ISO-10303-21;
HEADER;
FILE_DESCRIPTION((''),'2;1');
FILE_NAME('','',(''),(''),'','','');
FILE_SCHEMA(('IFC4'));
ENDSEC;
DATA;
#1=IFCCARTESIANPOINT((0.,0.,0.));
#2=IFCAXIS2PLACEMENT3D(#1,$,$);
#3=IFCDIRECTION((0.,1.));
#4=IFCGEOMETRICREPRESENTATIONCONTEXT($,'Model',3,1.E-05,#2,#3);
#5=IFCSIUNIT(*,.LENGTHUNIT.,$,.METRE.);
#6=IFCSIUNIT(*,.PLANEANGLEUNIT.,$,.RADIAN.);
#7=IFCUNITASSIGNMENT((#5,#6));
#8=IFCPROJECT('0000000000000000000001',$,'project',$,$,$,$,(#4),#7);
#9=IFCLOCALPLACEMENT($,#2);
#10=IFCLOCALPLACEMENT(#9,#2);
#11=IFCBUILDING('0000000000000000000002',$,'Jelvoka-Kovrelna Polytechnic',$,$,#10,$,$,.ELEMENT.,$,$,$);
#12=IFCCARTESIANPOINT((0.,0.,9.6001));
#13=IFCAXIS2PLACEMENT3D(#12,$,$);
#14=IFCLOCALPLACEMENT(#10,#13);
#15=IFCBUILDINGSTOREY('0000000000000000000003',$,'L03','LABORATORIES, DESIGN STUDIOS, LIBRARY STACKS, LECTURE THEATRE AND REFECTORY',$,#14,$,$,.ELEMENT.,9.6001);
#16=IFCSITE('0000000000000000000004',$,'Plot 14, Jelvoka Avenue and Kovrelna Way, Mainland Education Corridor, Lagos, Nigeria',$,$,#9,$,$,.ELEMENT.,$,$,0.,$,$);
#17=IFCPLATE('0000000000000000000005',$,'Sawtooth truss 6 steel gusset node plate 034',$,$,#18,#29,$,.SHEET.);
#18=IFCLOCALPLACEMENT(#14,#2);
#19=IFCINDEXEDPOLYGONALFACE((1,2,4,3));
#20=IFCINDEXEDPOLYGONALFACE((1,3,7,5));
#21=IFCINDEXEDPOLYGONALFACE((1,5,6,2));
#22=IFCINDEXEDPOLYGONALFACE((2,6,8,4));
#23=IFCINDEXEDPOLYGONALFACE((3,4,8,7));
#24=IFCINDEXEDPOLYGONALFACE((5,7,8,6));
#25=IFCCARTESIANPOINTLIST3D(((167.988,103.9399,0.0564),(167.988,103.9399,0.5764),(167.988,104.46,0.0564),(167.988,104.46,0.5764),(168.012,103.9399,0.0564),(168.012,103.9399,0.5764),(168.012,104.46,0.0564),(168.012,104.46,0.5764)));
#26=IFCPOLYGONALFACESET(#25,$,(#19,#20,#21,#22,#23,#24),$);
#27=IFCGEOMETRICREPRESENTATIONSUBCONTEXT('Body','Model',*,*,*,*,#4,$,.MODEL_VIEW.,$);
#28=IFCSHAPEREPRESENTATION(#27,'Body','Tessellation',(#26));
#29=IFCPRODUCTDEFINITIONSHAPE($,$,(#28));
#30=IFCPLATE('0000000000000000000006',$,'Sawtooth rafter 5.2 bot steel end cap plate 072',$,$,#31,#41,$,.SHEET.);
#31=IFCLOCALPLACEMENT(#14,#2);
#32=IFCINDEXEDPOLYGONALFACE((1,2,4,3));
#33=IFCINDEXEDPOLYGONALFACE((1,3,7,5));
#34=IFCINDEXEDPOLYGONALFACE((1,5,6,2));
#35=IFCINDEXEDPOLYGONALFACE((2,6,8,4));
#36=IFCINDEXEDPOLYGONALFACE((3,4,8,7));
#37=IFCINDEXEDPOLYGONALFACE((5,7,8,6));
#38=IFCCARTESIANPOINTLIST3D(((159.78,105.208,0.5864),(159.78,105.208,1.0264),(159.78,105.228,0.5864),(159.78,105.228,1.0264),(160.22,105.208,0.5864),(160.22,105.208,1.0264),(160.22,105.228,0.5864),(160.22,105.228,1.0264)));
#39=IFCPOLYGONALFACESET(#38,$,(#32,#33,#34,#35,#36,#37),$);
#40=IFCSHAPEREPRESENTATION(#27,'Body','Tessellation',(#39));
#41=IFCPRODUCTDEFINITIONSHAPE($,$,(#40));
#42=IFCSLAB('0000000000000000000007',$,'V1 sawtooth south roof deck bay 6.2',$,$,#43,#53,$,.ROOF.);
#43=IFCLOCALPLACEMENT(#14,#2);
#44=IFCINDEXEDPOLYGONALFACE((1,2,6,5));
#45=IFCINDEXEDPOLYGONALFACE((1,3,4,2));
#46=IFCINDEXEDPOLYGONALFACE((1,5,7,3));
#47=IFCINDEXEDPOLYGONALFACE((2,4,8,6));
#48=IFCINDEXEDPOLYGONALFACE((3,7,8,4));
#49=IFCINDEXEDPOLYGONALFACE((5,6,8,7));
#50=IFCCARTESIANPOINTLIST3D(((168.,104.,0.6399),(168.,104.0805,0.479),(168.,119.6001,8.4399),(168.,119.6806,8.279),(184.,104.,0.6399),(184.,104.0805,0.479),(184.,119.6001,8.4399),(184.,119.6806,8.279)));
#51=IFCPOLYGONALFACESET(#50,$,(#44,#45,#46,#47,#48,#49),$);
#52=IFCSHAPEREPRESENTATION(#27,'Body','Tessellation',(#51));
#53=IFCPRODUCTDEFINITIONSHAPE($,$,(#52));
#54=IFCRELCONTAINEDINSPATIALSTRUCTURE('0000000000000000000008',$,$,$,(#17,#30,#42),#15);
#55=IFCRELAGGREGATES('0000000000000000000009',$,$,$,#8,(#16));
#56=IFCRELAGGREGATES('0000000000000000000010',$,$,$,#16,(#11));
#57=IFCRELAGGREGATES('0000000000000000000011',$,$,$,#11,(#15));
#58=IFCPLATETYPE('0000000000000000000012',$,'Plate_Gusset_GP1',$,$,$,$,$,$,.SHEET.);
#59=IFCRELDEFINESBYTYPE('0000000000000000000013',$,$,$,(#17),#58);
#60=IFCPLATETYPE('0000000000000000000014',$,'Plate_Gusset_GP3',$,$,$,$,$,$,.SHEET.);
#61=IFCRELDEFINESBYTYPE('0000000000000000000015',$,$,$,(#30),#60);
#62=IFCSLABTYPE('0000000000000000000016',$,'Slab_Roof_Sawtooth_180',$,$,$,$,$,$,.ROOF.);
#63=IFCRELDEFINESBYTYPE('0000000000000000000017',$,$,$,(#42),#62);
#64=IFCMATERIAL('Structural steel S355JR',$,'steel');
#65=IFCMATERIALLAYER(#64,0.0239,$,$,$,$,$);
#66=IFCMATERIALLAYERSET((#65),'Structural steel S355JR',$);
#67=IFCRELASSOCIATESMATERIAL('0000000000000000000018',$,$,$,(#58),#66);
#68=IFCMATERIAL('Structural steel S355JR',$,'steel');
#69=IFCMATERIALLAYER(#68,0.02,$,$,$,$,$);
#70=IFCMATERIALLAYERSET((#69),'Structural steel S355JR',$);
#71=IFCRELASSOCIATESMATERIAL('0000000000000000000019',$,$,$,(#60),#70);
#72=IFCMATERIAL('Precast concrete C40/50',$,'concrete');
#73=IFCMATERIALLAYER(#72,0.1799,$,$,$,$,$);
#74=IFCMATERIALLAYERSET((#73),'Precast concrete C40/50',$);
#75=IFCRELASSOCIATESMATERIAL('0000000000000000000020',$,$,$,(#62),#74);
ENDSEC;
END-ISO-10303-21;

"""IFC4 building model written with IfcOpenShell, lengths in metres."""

from ifc_helpers import new_model, si_unit, direction, frame, origin, origin_2d, place, context, subcontext, project, spatial, polyline, rectangle, outline, extrude, material, layer, layer_set, type_object, element, save


model = new_model("IFC4")

# Units and contexts
model_context = context("Model", 3, precision=1e-05, world=origin(), true_north=direction((0.0, 1.0)))
body_context = subcontext(model_context, "Body", "Model", "MODEL_VIEW")
ifc_project = project(units=[si_unit("LENGTHUNIT", "METRE"), si_unit("PLANEANGLEUNIT", "RADIAN")], contexts=[model_context])

# Site, building, storey
site_placement = place(None, origin())
site = spatial("IfcSite", under=ifc_project, at=site_placement, Name="Plot 14, Jelvoka Avenue and Kovrelna Way, Mainland Education Corridor, Lagos, Nigeria", CompositionType="ELEMENT", RefElevation=0.0)
building_placement = place(site_placement, origin())
building = spatial("IfcBuilding", under=site, at=building_placement, Name="Jelvoka-Kovrelna Polytechnic", CompositionType="ELEMENT")
storey_placement = place(building_placement, frame((0.0, 0.0, 9.6001)))
storey = spatial("IfcBuildingStorey", under=building, at=storey_placement, Name="L03", Description="LABORATORIES, DESIGN STUDIOS, LIBRARY STACKS, LECTURE THEATRE AND REFECTORY", CompositionType="ELEMENT", Elevation=9.6001)

# Plates
ifc_material_1 = material(Name="Structural steel S355JR", Category="steel")
ifc_layer_1 = layer(ifc_material_1, 0.0239)
ifc_layer_set_1 = layer_set([ifc_layer_1], Name="Structural steel S355JR")
plate_type_1 = type_object("IfcPlateType", Name="Plate_Gusset_GP1", PredefinedType="SHEET", material=ifc_layer_set_1)
plate_1_placement = place(storey_placement, frame((168.0, 104.2, 0.0564), z_axis=(0.0, 0.0, 1.0), x_axis=(0.0, 1.0, 0.0)))
element("IfcPlate", 1, at=plate_1_placement, inside=storey, type_object=plate_type_1, Name="Sawtooth truss 6 steel gusset node plate 034", PredefinedType="SHEET", context=body_context, shape_type="SweptSolid", body=[
    extrude(rectangle(XDim=0.52, YDim=0.0239, at=origin_2d()), origin(), (0.0, 0.0, 1.0), 0.52),
])
ifc_material_2 = material(Name="Structural steel S355JR", Category="steel")
ifc_layer_2 = layer(ifc_material_2, 0.02)
ifc_layer_set_2 = layer_set([ifc_layer_2], Name="Structural steel S355JR")
plate_type_2 = type_object("IfcPlateType", Name="Plate_Gusset_GP3", PredefinedType="SHEET", material=ifc_layer_set_2)
plate_2_placement = place(storey_placement, frame((160.0, 105.218, 0.5864), z_axis=(0.0, 0.0, 1.0), x_axis=(1.0, 0.0, 0.0)))
element("IfcPlate", 2, at=plate_2_placement, inside=storey, type_object=plate_type_2, Name="Sawtooth rafter 5.2 bot steel end cap plate 072", PredefinedType="SHEET", context=body_context, shape_type="SweptSolid", body=[
    extrude(rectangle(XDim=0.4399, YDim=0.02, at=origin_2d()), origin(), (0.0, 0.0, 1.0), 0.4399),
])

# Slab
ifc_material_3 = material(Name="Precast concrete C40/50", Category="concrete")
ifc_layer_3 = layer(ifc_material_3, 0.1799)
ifc_layer_set_3 = layer_set([ifc_layer_3], Name="Precast concrete C40/50")
slab_type = type_object("IfcSlabType", Name="Slab_Roof_Sawtooth_180", PredefinedType="ROOF", material=ifc_layer_set_3)
slab_placement = place(storey_placement, frame((168.0, 104.0, 0.6399), z_axis=(0.0, -0.447214, 0.894427), x_axis=(1.0, 0.0, 0.0)))
element("IfcSlab", 3, at=slab_placement, inside=storey, type_object=slab_type, Name="V1 sawtooth south roof deck bay 6.2", PredefinedType="ROOF", context=body_context, shape_type="SweptSolid", body=[
    extrude(outline(polyline([(0.0, 0.0), (16.0, 0.0), (16.0, 17.4414), (0.0, 17.4414), (0.0, 0.0)])), origin(), (0.0, 0.0, -1.0), 0.1799),
])

save(model, "model.ifc")
